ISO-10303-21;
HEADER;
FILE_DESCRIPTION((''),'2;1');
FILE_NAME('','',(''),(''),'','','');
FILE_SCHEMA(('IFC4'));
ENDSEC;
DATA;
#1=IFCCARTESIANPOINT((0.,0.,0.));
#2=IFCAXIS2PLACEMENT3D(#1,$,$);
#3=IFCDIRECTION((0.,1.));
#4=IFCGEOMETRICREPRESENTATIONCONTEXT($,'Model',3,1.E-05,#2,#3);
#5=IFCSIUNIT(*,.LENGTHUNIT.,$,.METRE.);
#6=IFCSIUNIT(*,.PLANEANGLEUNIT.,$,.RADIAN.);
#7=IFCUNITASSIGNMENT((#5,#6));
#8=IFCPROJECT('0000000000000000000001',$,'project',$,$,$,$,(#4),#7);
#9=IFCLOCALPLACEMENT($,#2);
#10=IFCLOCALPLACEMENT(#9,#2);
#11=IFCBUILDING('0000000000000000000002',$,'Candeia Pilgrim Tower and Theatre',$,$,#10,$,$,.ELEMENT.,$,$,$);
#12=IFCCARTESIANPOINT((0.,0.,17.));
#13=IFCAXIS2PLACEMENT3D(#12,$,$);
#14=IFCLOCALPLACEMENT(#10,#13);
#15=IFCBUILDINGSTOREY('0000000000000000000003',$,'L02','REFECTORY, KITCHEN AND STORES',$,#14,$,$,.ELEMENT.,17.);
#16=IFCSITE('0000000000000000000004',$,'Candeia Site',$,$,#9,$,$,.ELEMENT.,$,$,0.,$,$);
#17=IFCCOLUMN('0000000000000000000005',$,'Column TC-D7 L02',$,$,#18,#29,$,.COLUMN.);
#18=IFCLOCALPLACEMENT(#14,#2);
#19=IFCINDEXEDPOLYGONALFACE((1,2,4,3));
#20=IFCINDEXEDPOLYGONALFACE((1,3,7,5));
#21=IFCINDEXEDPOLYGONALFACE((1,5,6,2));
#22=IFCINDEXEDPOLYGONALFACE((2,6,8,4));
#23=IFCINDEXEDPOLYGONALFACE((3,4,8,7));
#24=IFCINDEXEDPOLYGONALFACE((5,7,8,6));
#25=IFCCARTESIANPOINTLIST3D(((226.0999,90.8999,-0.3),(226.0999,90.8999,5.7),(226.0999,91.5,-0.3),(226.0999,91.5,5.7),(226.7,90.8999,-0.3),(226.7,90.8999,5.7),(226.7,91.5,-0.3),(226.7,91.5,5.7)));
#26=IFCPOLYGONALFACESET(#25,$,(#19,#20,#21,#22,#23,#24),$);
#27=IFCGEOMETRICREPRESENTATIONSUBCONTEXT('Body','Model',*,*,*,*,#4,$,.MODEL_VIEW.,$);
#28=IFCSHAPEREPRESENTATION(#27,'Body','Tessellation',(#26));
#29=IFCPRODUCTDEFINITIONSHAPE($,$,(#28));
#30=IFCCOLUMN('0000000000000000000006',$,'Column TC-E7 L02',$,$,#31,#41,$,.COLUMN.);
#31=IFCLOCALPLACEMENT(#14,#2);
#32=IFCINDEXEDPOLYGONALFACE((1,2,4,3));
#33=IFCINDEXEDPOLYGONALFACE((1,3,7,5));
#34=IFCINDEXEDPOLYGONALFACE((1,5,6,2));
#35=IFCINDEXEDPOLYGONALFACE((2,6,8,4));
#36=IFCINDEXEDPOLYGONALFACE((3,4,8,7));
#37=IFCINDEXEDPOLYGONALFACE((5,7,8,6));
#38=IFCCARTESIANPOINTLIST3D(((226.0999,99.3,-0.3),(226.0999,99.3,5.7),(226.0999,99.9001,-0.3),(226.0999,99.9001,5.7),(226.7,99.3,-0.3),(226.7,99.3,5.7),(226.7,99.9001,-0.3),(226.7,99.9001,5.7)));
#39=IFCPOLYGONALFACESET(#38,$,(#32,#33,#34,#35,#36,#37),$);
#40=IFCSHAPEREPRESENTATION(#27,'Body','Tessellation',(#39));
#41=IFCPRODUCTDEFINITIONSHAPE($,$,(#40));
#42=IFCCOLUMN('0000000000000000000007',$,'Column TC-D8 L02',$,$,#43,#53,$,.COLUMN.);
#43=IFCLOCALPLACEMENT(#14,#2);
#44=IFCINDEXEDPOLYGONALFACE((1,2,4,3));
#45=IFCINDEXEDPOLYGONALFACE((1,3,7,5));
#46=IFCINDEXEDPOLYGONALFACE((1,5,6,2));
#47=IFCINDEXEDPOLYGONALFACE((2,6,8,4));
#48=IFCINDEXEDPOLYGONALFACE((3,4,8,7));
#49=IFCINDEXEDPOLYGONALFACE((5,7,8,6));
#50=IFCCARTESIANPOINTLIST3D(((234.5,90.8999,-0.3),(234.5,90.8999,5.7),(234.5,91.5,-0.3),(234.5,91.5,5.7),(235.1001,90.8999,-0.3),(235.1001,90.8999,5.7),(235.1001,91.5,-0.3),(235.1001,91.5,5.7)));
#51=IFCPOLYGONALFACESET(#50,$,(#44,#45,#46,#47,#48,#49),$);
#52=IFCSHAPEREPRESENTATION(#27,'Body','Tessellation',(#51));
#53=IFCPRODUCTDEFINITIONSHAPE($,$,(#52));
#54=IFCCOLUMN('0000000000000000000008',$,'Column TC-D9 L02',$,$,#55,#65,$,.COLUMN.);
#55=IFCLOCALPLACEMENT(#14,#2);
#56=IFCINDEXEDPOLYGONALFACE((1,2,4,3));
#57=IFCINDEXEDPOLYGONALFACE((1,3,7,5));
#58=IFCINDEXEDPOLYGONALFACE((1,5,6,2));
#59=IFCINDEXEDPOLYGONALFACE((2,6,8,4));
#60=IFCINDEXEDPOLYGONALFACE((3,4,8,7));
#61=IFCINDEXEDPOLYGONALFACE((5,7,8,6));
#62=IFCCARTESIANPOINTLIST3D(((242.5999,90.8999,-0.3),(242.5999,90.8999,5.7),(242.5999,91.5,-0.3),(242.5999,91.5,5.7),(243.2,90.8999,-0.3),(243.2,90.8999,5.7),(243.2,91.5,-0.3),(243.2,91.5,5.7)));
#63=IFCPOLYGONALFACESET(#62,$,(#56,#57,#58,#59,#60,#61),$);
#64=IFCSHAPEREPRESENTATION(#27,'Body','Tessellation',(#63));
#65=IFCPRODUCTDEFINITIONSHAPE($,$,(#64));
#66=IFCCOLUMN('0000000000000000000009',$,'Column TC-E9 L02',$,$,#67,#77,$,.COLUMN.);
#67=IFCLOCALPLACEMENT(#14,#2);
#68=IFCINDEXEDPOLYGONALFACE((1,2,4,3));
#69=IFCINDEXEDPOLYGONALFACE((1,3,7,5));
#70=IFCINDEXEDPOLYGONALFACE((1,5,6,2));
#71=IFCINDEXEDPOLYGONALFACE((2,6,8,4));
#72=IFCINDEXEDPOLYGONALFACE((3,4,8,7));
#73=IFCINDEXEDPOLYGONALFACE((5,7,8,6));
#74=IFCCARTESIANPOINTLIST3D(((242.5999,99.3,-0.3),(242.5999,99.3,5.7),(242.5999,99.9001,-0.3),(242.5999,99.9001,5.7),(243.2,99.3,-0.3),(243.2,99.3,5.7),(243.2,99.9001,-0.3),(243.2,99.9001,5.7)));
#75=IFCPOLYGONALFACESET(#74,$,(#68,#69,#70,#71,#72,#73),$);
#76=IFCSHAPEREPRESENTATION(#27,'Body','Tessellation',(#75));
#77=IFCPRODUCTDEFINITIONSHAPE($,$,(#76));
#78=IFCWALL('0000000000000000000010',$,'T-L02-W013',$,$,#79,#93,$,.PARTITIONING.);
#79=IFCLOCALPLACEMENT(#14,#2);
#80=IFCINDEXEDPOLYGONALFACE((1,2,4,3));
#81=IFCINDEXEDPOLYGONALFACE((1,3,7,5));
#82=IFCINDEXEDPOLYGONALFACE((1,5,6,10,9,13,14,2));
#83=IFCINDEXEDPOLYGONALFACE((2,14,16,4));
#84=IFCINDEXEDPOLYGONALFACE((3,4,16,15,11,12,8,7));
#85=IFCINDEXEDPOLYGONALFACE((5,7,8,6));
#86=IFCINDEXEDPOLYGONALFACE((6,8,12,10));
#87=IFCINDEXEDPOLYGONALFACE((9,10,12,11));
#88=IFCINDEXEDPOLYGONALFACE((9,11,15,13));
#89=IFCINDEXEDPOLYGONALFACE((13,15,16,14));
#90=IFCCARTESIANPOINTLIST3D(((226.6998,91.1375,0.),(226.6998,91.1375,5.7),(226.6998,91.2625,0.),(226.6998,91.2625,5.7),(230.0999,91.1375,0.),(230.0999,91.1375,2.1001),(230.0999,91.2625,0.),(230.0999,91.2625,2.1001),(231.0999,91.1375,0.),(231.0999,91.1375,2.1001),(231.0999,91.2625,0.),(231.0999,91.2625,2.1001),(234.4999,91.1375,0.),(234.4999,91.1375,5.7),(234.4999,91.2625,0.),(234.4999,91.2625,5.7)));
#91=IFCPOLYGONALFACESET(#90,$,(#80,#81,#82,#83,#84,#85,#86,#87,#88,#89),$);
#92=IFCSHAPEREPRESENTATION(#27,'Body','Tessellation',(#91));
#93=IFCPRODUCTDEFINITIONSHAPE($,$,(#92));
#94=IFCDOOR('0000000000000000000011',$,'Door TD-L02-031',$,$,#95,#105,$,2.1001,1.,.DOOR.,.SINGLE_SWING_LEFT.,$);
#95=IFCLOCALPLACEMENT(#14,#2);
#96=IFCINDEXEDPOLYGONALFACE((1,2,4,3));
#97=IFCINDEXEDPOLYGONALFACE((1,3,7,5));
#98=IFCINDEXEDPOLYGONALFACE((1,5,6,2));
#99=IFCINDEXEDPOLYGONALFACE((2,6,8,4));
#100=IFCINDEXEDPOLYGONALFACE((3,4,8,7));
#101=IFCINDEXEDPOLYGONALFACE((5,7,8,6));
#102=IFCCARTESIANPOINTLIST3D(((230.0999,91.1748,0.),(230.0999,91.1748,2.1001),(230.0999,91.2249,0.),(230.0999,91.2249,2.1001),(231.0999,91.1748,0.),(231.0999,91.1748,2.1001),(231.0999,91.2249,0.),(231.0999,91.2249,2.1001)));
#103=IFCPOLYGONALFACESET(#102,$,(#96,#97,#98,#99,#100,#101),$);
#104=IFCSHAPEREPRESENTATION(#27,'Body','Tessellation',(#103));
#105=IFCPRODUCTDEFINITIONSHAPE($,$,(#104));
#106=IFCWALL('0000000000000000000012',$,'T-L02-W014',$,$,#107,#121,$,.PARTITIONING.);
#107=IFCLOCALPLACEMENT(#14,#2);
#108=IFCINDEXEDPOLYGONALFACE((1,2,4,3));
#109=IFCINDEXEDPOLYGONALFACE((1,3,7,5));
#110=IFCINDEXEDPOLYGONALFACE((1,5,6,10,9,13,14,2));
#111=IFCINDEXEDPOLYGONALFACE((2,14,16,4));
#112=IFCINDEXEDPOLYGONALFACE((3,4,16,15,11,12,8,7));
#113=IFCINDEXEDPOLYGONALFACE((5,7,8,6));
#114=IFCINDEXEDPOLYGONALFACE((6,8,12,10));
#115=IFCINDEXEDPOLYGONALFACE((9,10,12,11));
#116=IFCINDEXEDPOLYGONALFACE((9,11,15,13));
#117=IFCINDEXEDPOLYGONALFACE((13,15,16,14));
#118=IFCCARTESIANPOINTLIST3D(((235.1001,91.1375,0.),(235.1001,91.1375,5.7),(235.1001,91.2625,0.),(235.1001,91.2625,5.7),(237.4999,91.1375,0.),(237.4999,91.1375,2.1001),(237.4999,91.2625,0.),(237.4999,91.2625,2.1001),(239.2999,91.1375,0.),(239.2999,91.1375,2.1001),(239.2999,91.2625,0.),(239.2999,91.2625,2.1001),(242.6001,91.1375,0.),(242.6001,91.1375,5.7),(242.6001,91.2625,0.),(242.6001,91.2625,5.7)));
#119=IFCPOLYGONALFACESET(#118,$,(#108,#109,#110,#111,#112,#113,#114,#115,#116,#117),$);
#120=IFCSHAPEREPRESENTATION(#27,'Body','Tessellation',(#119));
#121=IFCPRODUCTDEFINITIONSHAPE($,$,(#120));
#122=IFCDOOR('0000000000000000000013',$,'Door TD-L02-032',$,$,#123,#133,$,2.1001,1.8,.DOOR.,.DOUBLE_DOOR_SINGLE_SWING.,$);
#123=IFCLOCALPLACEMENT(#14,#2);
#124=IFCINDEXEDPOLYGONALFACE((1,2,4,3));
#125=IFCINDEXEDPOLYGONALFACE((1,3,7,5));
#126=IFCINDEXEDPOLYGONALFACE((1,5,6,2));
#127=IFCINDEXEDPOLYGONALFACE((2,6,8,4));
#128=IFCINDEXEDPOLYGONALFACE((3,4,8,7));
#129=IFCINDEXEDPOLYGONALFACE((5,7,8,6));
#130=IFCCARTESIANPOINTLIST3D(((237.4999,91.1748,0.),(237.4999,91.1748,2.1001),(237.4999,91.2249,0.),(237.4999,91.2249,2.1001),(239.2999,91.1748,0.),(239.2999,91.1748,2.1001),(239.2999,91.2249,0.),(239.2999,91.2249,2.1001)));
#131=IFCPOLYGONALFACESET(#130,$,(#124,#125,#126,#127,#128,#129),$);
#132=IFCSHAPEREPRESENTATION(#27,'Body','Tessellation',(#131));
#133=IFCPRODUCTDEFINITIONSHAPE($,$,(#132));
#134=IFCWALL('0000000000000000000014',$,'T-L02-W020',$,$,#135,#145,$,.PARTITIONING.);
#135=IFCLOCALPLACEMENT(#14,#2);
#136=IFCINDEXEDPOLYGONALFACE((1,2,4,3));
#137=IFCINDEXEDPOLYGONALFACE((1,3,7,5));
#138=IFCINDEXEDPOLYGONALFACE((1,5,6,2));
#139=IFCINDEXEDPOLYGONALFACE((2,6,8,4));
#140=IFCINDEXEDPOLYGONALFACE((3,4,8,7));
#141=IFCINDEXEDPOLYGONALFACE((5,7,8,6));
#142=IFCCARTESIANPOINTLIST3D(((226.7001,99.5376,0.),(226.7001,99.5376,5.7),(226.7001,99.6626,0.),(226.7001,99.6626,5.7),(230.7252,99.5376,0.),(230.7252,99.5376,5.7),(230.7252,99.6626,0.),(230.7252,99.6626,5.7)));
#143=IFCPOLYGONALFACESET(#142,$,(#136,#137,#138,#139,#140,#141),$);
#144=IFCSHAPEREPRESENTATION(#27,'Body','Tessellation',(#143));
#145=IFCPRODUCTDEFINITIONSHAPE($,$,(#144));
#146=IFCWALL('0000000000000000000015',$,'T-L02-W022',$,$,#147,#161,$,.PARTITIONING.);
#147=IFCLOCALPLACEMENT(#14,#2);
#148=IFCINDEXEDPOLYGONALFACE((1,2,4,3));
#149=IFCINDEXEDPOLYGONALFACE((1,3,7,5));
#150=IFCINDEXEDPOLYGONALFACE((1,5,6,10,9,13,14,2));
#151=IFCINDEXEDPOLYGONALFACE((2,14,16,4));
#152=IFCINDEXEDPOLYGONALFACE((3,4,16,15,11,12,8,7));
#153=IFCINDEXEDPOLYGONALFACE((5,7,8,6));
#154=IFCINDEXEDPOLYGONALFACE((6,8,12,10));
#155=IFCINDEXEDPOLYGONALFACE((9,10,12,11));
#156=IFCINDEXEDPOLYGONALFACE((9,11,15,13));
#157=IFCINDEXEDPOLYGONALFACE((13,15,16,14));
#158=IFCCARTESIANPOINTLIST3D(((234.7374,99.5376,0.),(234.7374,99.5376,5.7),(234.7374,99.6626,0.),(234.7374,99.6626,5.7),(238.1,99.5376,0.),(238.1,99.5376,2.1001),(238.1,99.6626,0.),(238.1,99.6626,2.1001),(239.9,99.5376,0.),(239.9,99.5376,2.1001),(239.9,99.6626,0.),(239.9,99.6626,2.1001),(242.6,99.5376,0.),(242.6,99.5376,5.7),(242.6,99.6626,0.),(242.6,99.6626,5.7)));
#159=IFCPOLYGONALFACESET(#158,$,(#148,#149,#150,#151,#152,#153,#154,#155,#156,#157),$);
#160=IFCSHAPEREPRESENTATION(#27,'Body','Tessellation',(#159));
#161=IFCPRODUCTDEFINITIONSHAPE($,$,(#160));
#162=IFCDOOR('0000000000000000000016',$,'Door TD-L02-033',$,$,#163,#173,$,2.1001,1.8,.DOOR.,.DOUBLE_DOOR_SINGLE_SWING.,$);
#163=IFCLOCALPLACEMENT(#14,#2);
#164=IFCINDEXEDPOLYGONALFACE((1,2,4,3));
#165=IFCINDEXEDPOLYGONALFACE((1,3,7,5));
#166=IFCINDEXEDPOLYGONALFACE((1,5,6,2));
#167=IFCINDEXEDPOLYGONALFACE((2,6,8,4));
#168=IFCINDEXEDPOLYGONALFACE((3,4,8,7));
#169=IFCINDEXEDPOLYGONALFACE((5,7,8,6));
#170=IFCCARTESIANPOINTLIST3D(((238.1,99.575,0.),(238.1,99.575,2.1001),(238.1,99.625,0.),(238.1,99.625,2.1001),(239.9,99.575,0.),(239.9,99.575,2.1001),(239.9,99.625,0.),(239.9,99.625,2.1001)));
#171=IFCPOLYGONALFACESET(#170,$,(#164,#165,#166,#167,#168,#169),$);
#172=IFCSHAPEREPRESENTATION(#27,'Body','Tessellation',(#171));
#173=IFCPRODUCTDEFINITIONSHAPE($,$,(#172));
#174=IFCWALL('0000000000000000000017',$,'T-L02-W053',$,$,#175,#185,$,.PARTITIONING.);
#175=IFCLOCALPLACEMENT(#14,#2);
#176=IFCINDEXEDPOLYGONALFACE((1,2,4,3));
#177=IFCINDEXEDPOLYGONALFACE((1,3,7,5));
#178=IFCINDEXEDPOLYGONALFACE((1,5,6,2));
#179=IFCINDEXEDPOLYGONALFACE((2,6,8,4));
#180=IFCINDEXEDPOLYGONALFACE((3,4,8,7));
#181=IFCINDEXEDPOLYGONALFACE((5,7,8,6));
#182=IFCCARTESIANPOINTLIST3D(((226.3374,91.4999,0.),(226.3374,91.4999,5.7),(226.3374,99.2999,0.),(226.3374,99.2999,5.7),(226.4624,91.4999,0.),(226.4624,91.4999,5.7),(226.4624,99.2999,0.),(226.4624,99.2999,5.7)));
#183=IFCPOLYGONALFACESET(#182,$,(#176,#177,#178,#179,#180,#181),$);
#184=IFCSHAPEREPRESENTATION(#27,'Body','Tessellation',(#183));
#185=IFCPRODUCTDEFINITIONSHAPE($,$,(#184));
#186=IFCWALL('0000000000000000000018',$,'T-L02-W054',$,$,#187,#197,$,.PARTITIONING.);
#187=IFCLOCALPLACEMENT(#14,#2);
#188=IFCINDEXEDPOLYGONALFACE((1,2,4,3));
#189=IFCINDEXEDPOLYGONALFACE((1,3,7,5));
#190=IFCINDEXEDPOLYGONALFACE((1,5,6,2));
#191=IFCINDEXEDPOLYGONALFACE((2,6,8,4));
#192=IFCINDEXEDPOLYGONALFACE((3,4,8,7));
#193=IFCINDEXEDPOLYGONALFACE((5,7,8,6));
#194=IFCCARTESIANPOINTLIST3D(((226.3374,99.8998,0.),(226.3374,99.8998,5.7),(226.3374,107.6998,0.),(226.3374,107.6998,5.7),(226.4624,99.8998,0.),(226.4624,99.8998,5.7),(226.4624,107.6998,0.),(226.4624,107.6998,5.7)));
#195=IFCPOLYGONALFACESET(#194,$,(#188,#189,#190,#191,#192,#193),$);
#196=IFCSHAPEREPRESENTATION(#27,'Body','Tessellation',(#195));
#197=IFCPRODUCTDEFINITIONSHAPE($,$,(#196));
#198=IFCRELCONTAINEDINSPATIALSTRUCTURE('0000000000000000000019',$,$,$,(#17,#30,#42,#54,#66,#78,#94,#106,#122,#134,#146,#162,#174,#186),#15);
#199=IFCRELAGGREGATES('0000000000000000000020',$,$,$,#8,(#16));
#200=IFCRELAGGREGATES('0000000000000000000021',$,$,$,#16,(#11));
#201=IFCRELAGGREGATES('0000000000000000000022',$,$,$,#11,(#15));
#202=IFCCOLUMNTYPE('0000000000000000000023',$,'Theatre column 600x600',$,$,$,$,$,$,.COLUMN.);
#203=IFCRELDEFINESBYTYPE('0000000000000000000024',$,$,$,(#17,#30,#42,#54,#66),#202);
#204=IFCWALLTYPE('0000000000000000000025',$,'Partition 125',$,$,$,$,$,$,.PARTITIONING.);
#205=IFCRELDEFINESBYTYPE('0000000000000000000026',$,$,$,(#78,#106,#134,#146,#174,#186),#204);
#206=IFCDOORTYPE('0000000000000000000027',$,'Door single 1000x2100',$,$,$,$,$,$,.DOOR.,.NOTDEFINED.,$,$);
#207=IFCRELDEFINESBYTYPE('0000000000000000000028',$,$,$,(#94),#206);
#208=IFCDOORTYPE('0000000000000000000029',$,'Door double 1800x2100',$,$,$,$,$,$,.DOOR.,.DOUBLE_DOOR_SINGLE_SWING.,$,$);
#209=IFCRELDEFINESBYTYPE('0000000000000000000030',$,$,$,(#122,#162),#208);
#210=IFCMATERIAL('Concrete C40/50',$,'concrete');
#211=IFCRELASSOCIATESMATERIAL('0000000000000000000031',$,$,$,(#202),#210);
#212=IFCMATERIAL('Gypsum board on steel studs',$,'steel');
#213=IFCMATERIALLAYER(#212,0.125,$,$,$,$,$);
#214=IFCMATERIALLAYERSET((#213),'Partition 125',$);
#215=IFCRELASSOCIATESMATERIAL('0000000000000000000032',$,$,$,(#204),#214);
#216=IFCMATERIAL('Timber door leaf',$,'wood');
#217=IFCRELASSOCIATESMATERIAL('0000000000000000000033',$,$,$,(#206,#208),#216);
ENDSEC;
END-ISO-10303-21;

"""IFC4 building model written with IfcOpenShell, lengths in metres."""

from ifc_helpers import new_model, si_unit, direction, frame, frame_2d, origin, origin_2d, place, context, subcontext, project, spatial, rectangle, extrude, material, layer, layer_set, material_profile, profile_set, type_object, element, fill, save


model = new_model("IFC4")

# Units and contexts
model_context = context("Model", 3, precision=1e-05, world=origin(), true_north=direction((0.0, 1.0)))
body_context = subcontext(model_context, "Body", "Model", "MODEL_VIEW")
ifc_project = project(units=[si_unit("LENGTHUNIT", "METRE"), si_unit("PLANEANGLEUNIT", "RADIAN")], contexts=[model_context])

# Site, building, storey
site_placement = place(None, origin())
site = spatial("IfcSite", under=ifc_project, at=site_placement, Name="Candeia Site", CompositionType="ELEMENT", RefElevation=0.0)
building_placement = place(site_placement, origin())
building = spatial("IfcBuilding", under=site, at=building_placement, Name="Candeia Pilgrim Tower and Theatre", CompositionType="ELEMENT")
storey_placement = place(building_placement, frame((0.0, 0.0, 17.0)))
storey = spatial("IfcBuildingStorey", under=building, at=storey_placement, Name="L02", Description="REFECTORY, KITCHEN AND STORES", CompositionType="ELEMENT", Elevation=17.0)

# Columns
ifc_material_1 = material(Name="Concrete C40/50", Category="concrete")
ifc_material_profile = material_profile(ifc_material_1, rectangle(XDim=0.6001, YDim=0.6001, at=origin_2d()))
ifc_profile_set = profile_set([ifc_material_profile], Name="Concrete C40/50")
column_type = type_object("IfcColumnType", Name="Theatre column 600x600", PredefinedType="COLUMN", material=ifc_profile_set)
for number, where, z_axis, x_axis, name in (
    (1, (226.3999, 91.2, -0.3), (0.0, 0.0, 1.0), (1.0, 0.0, 0.0), "Column TC-D7 L02"),
    (2, (226.3999, 99.6001, -0.3), (0.0, 0.0, 1.0), (1.0, 0.0, 0.0), "Column TC-E7 L02"),
    (3, (234.8, 91.2, -0.3), (0.0, 0.0, 1.0), (1.0, 0.0, 0.0), "Column TC-D8 L02"),
    (4, (242.8999, 91.2, -0.3), (0.0, 0.0, 1.0), (1.0, 0.0, 0.0), "Column TC-D9 L02"),
    (5, (242.8999, 99.6001, -0.3), (0.0, 0.0, 1.0), (1.0, 0.0, 0.0), "Column TC-E9 L02"),
):
    element("IfcColumn", number, at=place(storey_placement, frame(where, z_axis=z_axis, x_axis=x_axis)), inside=storey, type_object=column_type, Name=name, PredefinedType="COLUMN", context=body_context, shape_type="SweptSolid", body=[
        extrude(rectangle(XDim=0.6001, YDim=0.6001, at=origin_2d()), origin(), (0.0, 0.0, 1.0), 6.0),
    ])

# Walls, openings, doors
ifc_material_2 = material(Name="Gypsum board on steel studs", Category="steel")
ifc_layer_1 = layer(ifc_material_2, 0.125)
ifc_layer_set_1 = layer_set([ifc_layer_1], Name="Partition 125")
wall_type_1 = type_object("IfcWallType", Name="Partition 125", PredefinedType="PARTITIONING", material=ifc_layer_set_1)
wall_1_placement = place(storey_placement, frame((226.7, 91.2, 0.0), z_axis=(0.0, 0.0, 1.0), x_axis=(1.0, 0.0, 0.0)))
wall_1 = element("IfcWall", 6, at=wall_1_placement, inside=storey, type_object=wall_type_1, Name="T-L02-W013", PredefinedType="PARTITIONING", context=body_context, shape_type="SweptSolid", body=[
    extrude(rectangle(XDim=7.8, YDim=0.125, at=frame_2d((3.8999, 0.0))), origin(), (0.0, 0.0, 1.0), 5.7),
])
opening_1_placement = place(wall_1_placement, frame((3.3999, 0.0, 0.0)))
opening_1 = element("IfcOpeningElement", 7, at=opening_1_placement, cuts=wall_1, PredefinedType="OPENING", context=body_context, shape_type="SweptSolid", body=[
    extrude(rectangle(XDim=1.0, YDim=2.1001, at=frame_2d((0.5, 1.05))), frame((0.0, 0.0725, 0.0), z_axis=(0.0, -1.0, 0.0), x_axis=(1.0, 0.0, 0.0)), (0.0, 0.0, 1.0), 0.145),
])
ifc_material_3 = material(Name="Timber door leaf", Category="wood")
door_type_1 = type_object("IfcDoorType", Name="Door single 1000x2100", OperationType="NOTDEFINED", PredefinedType="DOOR", material=ifc_material_3)
door_1_placement = place(opening_1_placement, origin())
door_1 = element("IfcDoor", 8, at=door_1_placement, inside=storey, type_object=door_type_1, Name="Door TD-L02-031", OperationType="SINGLE_SWING_LEFT", OverallHeight=2.1001, OverallWidth=1.0, PredefinedType="DOOR", context=body_context, shape_type="SweptSolid", body=[
    extrude(rectangle(XDim=1.0, YDim=2.1001, at=frame_2d((0.5, 1.05))), frame((0.0, 0.0249, 0.0), z_axis=(0.0, -1.0, 0.0), x_axis=(1.0, 0.0, 0.0)), (0.0, 0.0, 1.0), 0.05),
])
fill(opening_1, door_1)
wall_2_placement = place(storey_placement, frame((235.1001, 91.2, 0.0), z_axis=(0.0, 0.0, 1.0), x_axis=(1.0, 0.0, 0.0)))
wall_2 = element("IfcWall", 9, at=wall_2_placement, inside=storey, type_object=wall_type_1, Name="T-L02-W014", PredefinedType="PARTITIONING", context=body_context, shape_type="SweptSolid", body=[
    extrude(rectangle(XDim=7.5, YDim=0.125, at=frame_2d((3.75, 0.0))), origin(), (0.0, 0.0, 1.0), 5.7),
])
opening_2_placement = place(wall_2_placement, frame((2.3999, 0.0, 0.0)))
opening_2 = element("IfcOpeningElement", 10, at=opening_2_placement, cuts=wall_2, PredefinedType="OPENING", context=body_context, shape_type="SweptSolid", body=[
    extrude(rectangle(XDim=1.8, YDim=2.1001, at=frame_2d((0.8999, 1.05))), frame((0.0, 0.0725, 0.0), z_axis=(0.0, -1.0, 0.0), x_axis=(1.0, 0.0, 0.0)), (0.0, 0.0, 1.0), 0.145),
])
door_type_2 = type_object("IfcDoorType", Name="Door double 1800x2100", OperationType="DOUBLE_DOOR_SINGLE_SWING", PredefinedType="DOOR", material=ifc_material_3)
door_2_placement = place(opening_2_placement, origin())
door_2 = element("IfcDoor", 11, at=door_2_placement, inside=storey, type_object=door_type_2, Name="Door TD-L02-032", OperationType="DOUBLE_DOOR_SINGLE_SWING", OverallHeight=2.1001, OverallWidth=1.8, PredefinedType="DOOR", context=body_context, shape_type="SweptSolid", body=[
    extrude(rectangle(XDim=1.8, YDim=2.1001, at=frame_2d((0.8999, 1.05))), frame((0.0, 0.0249, 0.0), z_axis=(0.0, -1.0, 0.0), x_axis=(1.0, 0.0, 0.0)), (0.0, 0.0, 1.0), 0.05),
])
fill(opening_2, door_2)

# Wall
wall_3_placement = place(storey_placement, frame((226.7, 99.6001, 0.0), z_axis=(0.0, 0.0, 1.0), x_axis=(1.0, 0.0, 0.0)))
element("IfcWall", 12, at=wall_3_placement, inside=storey, type_object=wall_type_1, Name="T-L02-W020", PredefinedType="PARTITIONING", context=body_context, shape_type="SweptSolid", body=[
    extrude(rectangle(XDim=4.0251, YDim=0.125, at=frame_2d((2.0127, 0.0))), origin(), (0.0, 0.0, 1.0), 5.7),
])

# Wall, opening, door
wall_4_placement = place(storey_placement, frame((234.7375, 99.6001, 0.0), z_axis=(0.0, 0.0, 1.0), x_axis=(1.0, 0.0, 0.0)))
wall_4 = element("IfcWall", 13, at=wall_4_placement, inside=storey, type_object=wall_type_1, Name="T-L02-W022", PredefinedType="PARTITIONING", context=body_context, shape_type="SweptSolid", body=[
    extrude(rectangle(XDim=7.8625, YDim=0.125, at=frame_2d((3.9312, 0.0))), origin(), (0.0, 0.0, 1.0), 5.7),
])
opening_3_placement = place(wall_4_placement, frame((3.3625, 0.0, 0.0)))
opening_3 = element("IfcOpeningElement", 14, at=opening_3_placement, cuts=wall_4, PredefinedType="OPENING", context=body_context, shape_type="SweptSolid", body=[
    extrude(rectangle(XDim=1.8, YDim=2.1001, at=frame_2d((0.8999, 1.05))), frame((0.0, 0.0725, 0.0), z_axis=(0.0, -1.0, 0.0), x_axis=(1.0, 0.0, 0.0)), (0.0, 0.0, 1.0), 0.145),
])
door_3_placement = place(opening_3_placement, origin())
door_3 = element("IfcDoor", 15, at=door_3_placement, inside=storey, type_object=door_type_2, Name="Door TD-L02-033", OperationType="DOUBLE_DOOR_SINGLE_SWING", OverallHeight=2.1001, OverallWidth=1.8, PredefinedType="DOOR", context=body_context, shape_type="SweptSolid", body=[
    extrude(rectangle(XDim=1.8, YDim=2.1001, at=frame_2d((0.8999, 1.05))), frame((0.0, 0.0249, 0.0), z_axis=(0.0, -1.0, 0.0), x_axis=(1.0, 0.0, 0.0)), (0.0, 0.0, 1.0), 0.05),
])
fill(opening_3, door_3)

# Walls
for number, where, z_axis, x_axis, name in (
    (16, (226.3999, 91.5, 0.0), (0.0, 0.0, 1.0), (0.0, 1.0, 0.0), "T-L02-W053"),
    (17, (226.3999, 99.8999, 0.0), (0.0, 0.0, 1.0), (0.0, 1.0, 0.0), "T-L02-W054"),
):
    element("IfcWall", number, at=place(storey_placement, frame(where, z_axis=z_axis, x_axis=x_axis)), inside=storey, type_object=wall_type_1, Name=name, PredefinedType="PARTITIONING", context=body_context, shape_type="SweptSolid", body=[
        extrude(rectangle(XDim=7.8, YDim=0.125, at=frame_2d((3.8999, 0.0))), origin(), (0.0, 0.0, 1.0), 5.7),
    ])

save(model, "model.ifc")
